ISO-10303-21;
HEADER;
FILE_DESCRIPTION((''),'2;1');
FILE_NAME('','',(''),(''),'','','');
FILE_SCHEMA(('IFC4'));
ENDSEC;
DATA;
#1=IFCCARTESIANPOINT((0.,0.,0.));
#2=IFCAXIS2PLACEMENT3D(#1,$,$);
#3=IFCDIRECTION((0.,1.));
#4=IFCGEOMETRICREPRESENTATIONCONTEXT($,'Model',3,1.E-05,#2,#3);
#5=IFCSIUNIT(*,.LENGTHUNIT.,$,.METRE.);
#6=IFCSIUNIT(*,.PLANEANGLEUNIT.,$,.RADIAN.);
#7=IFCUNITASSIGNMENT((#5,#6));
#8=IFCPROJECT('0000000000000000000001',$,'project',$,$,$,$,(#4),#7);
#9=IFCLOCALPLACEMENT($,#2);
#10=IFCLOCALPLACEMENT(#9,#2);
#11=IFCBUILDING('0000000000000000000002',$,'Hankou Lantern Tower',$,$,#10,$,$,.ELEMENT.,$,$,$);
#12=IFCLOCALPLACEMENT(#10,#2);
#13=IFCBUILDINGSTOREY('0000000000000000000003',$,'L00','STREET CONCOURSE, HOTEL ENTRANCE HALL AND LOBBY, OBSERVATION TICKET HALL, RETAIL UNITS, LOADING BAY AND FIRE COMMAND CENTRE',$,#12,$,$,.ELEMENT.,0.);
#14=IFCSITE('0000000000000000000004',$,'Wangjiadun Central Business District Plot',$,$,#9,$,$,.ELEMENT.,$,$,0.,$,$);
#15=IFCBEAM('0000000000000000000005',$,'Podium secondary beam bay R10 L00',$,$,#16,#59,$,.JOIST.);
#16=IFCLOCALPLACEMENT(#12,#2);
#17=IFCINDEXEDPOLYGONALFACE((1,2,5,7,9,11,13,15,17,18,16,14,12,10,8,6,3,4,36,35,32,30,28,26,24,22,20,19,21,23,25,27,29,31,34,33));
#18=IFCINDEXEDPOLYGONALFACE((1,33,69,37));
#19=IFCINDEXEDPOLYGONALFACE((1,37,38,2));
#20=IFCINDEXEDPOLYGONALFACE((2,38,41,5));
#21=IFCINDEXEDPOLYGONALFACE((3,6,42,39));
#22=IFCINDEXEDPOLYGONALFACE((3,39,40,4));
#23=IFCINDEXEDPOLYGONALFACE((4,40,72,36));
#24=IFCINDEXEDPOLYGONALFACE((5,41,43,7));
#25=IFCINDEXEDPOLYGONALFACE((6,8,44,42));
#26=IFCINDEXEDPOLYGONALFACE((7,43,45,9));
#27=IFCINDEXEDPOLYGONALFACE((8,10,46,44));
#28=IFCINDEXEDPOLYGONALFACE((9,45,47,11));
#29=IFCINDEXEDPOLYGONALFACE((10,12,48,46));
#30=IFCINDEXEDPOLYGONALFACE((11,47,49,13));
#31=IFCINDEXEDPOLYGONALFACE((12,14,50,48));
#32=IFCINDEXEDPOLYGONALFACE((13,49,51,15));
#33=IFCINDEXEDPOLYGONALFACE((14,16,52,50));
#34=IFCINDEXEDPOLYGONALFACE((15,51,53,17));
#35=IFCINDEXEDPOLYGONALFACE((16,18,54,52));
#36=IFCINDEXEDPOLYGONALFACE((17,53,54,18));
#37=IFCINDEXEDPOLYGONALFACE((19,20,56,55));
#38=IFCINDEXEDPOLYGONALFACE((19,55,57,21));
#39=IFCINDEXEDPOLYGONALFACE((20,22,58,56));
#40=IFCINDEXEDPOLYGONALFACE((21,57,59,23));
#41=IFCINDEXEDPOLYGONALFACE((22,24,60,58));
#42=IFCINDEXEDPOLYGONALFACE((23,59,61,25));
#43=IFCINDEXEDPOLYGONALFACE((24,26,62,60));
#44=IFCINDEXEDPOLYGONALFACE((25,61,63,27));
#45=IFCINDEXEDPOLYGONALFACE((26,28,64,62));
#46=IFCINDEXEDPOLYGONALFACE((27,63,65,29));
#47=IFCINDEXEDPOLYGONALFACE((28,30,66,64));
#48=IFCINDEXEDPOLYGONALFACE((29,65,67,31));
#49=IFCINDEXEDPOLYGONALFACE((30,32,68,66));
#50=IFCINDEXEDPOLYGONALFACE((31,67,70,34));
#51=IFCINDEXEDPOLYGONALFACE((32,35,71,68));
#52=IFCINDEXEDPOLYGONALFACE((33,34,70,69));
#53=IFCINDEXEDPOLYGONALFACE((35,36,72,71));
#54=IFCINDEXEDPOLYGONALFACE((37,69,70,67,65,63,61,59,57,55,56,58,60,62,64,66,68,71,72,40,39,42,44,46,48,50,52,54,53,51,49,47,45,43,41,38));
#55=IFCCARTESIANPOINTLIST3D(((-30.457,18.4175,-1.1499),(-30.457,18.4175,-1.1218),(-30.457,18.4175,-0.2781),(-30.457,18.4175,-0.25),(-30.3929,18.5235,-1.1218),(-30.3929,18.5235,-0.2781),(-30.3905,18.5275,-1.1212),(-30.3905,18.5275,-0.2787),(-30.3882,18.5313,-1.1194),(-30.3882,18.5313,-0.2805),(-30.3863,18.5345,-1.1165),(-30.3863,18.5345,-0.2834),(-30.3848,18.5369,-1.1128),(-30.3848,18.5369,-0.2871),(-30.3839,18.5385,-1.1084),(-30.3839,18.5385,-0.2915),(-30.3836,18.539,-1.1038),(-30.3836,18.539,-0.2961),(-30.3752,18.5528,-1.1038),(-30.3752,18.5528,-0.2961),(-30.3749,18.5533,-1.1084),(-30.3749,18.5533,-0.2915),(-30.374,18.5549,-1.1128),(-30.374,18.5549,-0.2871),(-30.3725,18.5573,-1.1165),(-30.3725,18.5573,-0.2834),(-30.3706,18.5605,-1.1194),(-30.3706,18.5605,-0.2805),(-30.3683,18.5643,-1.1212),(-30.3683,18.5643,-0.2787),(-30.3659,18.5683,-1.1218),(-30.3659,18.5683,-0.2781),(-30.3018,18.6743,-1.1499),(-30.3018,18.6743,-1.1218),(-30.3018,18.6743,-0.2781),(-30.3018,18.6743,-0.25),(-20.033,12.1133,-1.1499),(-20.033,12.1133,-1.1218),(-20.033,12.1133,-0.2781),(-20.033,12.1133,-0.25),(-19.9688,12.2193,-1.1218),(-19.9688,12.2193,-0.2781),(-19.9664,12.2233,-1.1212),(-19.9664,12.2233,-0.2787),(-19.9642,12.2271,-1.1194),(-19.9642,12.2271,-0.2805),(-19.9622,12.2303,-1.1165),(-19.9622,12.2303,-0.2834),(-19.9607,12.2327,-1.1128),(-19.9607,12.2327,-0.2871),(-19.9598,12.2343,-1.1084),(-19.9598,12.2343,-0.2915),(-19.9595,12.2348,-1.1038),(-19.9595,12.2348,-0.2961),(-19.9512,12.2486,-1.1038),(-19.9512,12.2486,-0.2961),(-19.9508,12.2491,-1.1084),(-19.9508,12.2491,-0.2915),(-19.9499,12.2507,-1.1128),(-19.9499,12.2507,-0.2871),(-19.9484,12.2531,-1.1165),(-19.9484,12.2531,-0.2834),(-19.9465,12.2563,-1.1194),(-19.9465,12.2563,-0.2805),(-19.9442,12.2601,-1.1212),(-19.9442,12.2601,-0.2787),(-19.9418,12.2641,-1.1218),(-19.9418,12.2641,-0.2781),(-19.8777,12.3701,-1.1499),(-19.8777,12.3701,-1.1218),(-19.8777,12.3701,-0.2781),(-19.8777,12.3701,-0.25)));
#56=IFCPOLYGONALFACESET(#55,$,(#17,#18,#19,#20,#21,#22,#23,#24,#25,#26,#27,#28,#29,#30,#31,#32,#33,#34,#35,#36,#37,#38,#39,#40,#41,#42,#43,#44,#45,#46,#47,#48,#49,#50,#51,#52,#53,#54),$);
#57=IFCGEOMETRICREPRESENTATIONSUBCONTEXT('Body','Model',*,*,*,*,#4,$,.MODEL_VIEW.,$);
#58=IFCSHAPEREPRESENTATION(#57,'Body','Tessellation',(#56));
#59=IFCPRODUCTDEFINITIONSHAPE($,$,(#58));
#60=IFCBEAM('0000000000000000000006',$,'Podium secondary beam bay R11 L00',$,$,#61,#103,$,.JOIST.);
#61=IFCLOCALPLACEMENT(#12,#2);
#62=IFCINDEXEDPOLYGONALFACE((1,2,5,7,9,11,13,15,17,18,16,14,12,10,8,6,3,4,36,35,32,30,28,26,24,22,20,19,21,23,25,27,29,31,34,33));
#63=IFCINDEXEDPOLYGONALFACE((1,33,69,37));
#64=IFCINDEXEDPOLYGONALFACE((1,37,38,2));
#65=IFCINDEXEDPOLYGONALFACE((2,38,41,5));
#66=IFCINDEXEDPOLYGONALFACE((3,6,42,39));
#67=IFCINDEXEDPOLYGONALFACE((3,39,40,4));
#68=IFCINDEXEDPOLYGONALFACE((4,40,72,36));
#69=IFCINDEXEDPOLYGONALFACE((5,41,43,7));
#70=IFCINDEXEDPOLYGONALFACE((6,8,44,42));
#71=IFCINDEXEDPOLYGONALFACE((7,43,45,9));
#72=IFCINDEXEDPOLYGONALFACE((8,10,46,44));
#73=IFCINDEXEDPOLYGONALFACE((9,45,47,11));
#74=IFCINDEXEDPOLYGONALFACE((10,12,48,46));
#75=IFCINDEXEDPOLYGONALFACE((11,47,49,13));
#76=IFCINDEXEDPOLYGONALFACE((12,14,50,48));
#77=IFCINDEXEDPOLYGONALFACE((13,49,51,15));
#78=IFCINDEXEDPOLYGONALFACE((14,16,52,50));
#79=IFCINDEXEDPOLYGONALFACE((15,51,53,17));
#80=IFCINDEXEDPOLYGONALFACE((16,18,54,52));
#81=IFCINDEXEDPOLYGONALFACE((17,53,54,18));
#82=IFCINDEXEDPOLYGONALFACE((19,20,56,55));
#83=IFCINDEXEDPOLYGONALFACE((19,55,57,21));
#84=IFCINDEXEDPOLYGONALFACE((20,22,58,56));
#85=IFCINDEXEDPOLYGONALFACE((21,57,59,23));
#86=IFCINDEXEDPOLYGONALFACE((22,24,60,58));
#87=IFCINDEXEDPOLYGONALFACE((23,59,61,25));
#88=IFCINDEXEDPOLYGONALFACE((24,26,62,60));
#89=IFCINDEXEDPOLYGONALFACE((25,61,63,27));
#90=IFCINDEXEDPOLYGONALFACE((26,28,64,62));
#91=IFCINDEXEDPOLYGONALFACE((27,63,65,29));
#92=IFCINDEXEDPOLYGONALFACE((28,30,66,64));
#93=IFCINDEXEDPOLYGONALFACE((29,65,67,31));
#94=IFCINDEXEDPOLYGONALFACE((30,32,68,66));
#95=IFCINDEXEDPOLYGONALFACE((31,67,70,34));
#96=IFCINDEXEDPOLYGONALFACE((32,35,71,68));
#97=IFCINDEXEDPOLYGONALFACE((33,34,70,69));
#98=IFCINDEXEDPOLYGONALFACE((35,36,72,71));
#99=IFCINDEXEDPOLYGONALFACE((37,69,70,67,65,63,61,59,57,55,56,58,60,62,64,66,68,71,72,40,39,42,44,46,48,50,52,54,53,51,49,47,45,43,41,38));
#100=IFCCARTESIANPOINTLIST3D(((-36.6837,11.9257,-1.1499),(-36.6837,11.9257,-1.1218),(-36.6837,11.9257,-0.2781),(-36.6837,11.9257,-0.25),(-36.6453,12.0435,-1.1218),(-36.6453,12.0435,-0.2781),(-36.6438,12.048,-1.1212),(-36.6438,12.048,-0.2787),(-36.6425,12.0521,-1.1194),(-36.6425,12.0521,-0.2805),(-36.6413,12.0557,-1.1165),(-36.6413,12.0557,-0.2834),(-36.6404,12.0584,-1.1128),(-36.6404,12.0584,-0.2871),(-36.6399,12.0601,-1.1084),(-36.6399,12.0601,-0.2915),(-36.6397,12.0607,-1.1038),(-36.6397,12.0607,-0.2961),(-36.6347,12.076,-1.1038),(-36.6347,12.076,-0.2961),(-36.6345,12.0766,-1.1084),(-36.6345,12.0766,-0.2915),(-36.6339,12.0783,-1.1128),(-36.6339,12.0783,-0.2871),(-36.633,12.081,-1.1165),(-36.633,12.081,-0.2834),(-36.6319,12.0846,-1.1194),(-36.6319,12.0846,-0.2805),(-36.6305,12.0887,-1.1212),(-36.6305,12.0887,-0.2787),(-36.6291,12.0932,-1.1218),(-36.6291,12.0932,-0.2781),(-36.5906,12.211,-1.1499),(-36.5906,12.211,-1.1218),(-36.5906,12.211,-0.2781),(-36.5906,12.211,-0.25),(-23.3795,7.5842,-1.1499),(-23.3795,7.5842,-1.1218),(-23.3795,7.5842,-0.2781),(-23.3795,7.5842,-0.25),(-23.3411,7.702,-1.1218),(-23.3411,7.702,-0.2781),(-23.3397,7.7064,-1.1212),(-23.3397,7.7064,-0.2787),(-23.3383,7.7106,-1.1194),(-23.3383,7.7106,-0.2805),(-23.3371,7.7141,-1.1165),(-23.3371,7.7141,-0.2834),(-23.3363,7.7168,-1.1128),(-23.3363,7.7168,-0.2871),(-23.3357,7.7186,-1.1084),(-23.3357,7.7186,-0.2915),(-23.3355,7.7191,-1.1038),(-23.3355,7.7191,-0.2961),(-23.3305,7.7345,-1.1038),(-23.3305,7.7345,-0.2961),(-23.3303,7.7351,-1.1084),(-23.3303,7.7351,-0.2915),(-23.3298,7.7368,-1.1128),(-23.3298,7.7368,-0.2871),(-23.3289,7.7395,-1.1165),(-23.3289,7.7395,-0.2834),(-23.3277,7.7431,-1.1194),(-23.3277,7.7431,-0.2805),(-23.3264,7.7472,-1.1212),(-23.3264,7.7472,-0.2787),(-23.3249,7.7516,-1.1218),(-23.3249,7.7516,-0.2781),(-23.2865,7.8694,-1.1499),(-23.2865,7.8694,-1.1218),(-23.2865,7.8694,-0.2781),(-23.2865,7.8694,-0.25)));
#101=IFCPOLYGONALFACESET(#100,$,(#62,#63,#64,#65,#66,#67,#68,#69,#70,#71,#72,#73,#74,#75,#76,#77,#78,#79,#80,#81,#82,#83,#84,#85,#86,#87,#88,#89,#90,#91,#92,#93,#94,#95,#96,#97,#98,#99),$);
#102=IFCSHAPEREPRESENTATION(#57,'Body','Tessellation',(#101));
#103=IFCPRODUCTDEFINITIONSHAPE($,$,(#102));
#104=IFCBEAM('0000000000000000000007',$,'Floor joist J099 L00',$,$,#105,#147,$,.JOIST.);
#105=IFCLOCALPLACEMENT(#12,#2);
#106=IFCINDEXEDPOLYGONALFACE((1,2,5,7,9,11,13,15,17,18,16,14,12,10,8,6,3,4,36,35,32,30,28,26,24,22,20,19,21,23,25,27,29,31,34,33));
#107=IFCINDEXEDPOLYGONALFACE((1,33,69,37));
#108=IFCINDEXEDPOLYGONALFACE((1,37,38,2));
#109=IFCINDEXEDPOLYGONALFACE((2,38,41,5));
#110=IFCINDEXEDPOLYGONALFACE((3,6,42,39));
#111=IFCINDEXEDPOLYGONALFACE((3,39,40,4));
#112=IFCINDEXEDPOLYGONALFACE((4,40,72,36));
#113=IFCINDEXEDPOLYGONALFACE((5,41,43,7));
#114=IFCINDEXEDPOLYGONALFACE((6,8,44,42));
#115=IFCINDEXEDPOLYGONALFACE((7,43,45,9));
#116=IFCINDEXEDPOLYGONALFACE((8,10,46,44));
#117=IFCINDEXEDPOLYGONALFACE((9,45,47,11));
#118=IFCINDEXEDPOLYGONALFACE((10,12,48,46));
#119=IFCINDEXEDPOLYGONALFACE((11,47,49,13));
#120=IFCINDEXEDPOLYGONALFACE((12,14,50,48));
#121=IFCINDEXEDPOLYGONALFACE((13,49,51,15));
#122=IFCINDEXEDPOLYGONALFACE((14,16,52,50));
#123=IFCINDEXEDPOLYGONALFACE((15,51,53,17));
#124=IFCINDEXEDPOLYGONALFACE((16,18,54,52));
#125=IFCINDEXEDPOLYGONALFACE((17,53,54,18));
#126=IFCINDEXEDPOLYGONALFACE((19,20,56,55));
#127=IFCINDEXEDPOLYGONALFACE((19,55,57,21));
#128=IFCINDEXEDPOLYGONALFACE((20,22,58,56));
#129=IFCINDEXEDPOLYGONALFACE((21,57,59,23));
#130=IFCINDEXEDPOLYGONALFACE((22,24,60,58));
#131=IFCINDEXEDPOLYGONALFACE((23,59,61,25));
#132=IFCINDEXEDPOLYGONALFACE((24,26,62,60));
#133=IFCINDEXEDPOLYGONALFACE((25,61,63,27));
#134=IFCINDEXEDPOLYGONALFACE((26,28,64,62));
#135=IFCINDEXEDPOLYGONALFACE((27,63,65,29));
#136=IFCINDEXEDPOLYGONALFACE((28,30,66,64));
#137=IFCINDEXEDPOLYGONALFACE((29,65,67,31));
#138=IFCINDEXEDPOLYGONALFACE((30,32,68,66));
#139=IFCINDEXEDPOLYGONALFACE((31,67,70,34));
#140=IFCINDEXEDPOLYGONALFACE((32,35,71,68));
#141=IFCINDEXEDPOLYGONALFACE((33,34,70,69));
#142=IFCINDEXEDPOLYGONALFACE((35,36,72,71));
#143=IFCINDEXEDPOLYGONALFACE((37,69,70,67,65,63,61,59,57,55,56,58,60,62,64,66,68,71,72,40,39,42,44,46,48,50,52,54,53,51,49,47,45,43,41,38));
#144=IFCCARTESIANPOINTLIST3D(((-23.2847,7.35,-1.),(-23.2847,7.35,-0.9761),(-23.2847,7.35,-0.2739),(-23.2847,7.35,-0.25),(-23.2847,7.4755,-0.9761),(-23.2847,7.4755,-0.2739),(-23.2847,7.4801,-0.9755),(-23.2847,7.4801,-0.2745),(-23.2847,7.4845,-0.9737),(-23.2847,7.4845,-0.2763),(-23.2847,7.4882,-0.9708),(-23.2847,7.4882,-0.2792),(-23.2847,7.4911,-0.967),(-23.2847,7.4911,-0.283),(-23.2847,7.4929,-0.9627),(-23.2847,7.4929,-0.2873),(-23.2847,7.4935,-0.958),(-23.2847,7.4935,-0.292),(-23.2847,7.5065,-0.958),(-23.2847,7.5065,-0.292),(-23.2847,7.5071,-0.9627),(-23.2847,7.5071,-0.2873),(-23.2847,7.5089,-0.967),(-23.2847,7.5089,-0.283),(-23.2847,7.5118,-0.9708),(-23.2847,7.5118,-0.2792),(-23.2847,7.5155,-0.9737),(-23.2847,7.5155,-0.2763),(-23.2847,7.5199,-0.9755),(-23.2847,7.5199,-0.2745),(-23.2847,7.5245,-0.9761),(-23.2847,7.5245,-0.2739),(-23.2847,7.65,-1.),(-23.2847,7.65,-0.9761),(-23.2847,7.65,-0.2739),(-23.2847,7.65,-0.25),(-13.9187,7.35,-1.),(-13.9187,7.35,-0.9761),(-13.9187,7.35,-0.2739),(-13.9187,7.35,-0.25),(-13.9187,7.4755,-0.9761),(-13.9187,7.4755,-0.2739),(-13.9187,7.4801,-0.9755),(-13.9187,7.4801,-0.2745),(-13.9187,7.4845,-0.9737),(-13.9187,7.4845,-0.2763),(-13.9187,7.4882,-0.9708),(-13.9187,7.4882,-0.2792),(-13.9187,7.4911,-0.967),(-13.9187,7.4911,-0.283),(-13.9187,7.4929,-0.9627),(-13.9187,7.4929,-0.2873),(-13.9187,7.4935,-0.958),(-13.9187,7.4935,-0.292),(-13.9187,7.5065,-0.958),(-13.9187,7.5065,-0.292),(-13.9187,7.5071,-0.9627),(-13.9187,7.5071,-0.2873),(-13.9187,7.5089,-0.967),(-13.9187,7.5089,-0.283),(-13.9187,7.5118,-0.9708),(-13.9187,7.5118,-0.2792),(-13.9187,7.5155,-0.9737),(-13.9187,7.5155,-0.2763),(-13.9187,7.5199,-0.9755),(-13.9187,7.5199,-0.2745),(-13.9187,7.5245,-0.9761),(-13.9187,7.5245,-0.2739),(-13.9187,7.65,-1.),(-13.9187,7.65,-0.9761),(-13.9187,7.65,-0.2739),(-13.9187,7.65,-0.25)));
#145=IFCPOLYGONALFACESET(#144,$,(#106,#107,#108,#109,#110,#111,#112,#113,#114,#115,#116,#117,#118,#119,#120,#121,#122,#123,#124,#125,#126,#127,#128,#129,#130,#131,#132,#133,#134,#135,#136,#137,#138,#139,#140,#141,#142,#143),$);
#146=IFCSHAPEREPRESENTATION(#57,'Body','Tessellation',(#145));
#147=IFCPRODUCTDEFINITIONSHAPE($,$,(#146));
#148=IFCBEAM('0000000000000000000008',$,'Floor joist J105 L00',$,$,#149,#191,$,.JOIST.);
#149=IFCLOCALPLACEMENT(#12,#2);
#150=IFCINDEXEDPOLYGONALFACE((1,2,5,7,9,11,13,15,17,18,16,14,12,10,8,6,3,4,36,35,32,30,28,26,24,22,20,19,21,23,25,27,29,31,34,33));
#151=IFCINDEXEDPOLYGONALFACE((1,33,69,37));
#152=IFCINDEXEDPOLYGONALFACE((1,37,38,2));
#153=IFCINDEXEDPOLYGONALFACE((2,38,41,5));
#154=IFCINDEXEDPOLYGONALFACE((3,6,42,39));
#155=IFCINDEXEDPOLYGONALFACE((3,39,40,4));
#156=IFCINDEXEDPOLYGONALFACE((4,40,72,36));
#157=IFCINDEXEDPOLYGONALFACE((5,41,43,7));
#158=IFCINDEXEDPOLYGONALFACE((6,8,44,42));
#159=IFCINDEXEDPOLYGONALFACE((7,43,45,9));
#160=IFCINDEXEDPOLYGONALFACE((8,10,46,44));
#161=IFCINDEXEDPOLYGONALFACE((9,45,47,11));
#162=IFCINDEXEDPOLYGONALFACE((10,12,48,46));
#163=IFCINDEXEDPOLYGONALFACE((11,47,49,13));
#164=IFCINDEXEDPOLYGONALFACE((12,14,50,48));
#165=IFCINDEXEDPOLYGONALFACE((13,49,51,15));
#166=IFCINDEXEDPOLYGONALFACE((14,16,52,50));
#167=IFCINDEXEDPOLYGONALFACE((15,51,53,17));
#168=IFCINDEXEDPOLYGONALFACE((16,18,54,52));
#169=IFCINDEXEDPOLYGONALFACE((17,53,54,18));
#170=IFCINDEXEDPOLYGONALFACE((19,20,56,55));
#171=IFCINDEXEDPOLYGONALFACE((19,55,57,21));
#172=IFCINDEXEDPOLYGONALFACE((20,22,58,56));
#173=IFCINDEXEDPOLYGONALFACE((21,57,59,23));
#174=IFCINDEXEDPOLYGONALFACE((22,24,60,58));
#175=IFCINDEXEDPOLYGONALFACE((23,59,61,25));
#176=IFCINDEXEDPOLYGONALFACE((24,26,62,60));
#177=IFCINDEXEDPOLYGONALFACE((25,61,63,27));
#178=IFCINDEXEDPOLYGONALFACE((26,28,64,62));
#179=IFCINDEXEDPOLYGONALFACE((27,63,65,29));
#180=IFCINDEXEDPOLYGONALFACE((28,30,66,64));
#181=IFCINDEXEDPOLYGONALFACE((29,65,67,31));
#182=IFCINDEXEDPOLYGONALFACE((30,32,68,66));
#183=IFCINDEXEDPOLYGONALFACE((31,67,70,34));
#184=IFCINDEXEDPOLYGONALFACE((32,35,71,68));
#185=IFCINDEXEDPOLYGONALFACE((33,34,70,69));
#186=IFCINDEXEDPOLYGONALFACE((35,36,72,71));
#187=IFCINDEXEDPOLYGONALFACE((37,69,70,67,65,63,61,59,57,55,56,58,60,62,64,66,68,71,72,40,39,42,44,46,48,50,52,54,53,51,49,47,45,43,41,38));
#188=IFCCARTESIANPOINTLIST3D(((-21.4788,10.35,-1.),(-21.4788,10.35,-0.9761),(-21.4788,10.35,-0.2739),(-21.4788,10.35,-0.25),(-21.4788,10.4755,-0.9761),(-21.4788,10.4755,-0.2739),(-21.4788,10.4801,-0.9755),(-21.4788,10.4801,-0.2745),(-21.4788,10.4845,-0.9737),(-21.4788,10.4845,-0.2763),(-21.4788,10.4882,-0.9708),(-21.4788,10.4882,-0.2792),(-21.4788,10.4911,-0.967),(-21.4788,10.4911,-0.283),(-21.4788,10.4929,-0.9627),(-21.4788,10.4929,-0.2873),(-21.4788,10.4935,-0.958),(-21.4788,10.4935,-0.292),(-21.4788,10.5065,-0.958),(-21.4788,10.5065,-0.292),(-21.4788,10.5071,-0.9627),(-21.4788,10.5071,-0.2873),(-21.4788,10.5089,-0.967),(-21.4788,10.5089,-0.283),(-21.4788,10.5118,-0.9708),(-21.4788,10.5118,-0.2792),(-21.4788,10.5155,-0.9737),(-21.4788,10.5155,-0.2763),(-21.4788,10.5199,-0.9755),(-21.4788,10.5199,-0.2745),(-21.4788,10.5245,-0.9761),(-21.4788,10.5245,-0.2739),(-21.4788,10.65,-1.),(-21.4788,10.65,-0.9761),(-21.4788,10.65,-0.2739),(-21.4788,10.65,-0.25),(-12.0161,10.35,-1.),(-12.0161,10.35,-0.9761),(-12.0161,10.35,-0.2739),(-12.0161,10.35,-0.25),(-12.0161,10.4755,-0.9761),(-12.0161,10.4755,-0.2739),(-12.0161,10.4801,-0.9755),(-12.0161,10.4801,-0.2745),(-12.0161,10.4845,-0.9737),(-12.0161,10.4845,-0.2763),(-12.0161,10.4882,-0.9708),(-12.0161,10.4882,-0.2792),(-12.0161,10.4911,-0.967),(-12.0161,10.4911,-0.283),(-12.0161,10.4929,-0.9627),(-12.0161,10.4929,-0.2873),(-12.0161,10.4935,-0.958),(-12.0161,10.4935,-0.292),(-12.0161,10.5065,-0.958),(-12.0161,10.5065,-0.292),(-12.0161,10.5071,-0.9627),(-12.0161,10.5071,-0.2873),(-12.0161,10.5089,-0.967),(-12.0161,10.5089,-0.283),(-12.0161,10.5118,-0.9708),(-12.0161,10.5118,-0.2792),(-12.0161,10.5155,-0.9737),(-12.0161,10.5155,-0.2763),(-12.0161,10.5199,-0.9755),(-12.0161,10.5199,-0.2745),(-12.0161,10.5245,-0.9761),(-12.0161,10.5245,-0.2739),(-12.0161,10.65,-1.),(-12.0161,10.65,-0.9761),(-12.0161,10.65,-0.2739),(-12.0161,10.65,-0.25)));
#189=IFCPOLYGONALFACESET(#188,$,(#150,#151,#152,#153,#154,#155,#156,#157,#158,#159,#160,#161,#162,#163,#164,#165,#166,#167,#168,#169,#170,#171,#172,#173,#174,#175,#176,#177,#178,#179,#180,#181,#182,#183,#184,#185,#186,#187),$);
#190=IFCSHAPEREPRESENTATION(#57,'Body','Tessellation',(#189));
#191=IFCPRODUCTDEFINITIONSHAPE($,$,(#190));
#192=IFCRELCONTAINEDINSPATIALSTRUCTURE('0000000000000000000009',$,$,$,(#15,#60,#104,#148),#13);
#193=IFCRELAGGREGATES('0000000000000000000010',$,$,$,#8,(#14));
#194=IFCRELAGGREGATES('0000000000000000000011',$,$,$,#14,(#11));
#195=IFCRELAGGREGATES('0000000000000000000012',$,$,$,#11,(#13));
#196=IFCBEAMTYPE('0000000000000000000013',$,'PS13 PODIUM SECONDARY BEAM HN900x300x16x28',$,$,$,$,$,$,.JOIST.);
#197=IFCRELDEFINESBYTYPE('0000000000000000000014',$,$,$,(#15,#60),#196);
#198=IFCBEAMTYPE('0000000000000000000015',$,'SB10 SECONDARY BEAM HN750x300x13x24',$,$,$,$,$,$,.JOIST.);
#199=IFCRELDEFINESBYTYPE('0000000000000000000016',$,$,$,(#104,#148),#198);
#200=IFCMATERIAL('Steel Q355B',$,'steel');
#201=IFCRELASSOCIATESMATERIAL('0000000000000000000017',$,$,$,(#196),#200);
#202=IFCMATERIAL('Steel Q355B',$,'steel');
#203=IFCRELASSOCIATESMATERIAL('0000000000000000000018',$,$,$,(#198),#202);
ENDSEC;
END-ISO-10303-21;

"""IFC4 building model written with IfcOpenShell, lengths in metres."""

from ifc_helpers import new_model, si_unit, direction, frame, origin, origin_2d, place, context, subcontext, project, spatial, i_section, extrude, material, material_profile, profile_set, type_object, element, save


model = new_model("IFC4")

# Units and contexts
model_context = context("Model", 3, precision=1e-05, world=origin(), true_north=direction((0.0, 1.0)))
body_context = subcontext(model_context, "Body", "Model", "MODEL_VIEW")
ifc_project = project(units=[si_unit("LENGTHUNIT", "METRE"), si_unit("PLANEANGLEUNIT", "RADIAN")], contexts=[model_context])

# Site, building, storey
site_placement = place(None, origin())
site = spatial("IfcSite", under=ifc_project, at=site_placement, Name="Wangjiadun Central Business District Plot", CompositionType="ELEMENT", RefElevation=0.0)
building_placement = place(site_placement, origin())
building = spatial("IfcBuilding", under=site, at=building_placement, Name="Hankou Lantern Tower", CompositionType="ELEMENT")
storey_placement = place(building_placement, origin())
storey = spatial("IfcBuildingStorey", under=building, at=storey_placement, Name="L00", Description="STREET CONCOURSE, HOTEL ENTRANCE HALL AND LOBBY, OBSERVATION TICKET HALL, RETAIL UNITS, LOADING BAY AND FIRE COMMAND CENTRE", CompositionType="ELEMENT", Elevation=0.0)

# Beams
ifc_material_1 = material(Name="Steel Q355B", Category="steel")
ifc_material_profile_1 = material_profile(ifc_material_1, i_section(OverallWidth=0.3, OverallDepth=0.8999, WebThickness=0.0161, FlangeThickness=0.0281, FilletRadius=0.0181, at=origin_2d()), Name="HN900x300x16x28")
ifc_profile_set_1 = profile_set([ifc_material_profile_1], Name="Steel Q355B")
beam_type_1 = type_object("IfcBeamType", Name="PS13 PODIUM SECONDARY BEAM HN900x300x16x28", PredefinedType="JOIST", material=ifc_profile_set_1)
beam_1_placement = place(storey_placement, frame((-19.9553, 12.2417, -0.7), z_axis=(-0.855686, 0.517496, 0.0), x_axis=(-0.517496, -0.855686, 0.0)))
element("IfcBeam", 1, at=beam_1_placement, inside=storey, type_object=beam_type_1, Name="Podium secondary beam bay R10 L00", PredefinedType="JOIST", context=body_context, shape_type="SweptSolid", body=[
    extrude(i_section(OverallWidth=0.3, OverallDepth=0.8999, WebThickness=0.0161, FlangeThickness=0.0281, FilletRadius=0.0181, at=origin_2d()), origin(), (0.0, 0.0, 1.0), 12.1821),
])
beam_2_placement = place(storey_placement, frame((-23.333, 7.7268, -0.7), z_axis=(-0.950662, 0.310229, 0.0), x_axis=(-0.310229, -0.950662, 0.0)))
element("IfcBeam", 2, at=beam_2_placement, inside=storey, type_object=beam_type_1, Name="Podium secondary beam bay R11 L00", PredefinedType="JOIST", context=body_context, shape_type="SweptSolid", body=[
    extrude(i_section(OverallWidth=0.3, OverallDepth=0.8999, WebThickness=0.0161, FlangeThickness=0.0281, FilletRadius=0.0181, at=origin_2d()), origin(), (0.0, 0.0, 1.0), 13.9946),
])
ifc_material_2 = material(Name="Steel Q355B", Category="steel")
ifc_material_profile_2 = material_profile(ifc_material_2, i_section(OverallWidth=0.3, OverallDepth=0.75, WebThickness=0.0129, FlangeThickness=0.0239, FilletRadius=0.0181, at=origin_2d()), Name="HN750x300x13x24")
ifc_profile_set_2 = profile_set([ifc_material_profile_2], Name="Steel Q355B")
beam_type_2 = type_object("IfcBeamType", Name="SB10 SECONDARY BEAM HN750x300x13x24", PredefinedType="JOIST", material=ifc_profile_set_2)
beam_3_placement = place(storey_placement, frame((-23.2847, 7.5, -0.625), z_axis=(1.0, 0.0, 0.0), x_axis=(0.0, 1.0, 0.0)))
element("IfcBeam", 3, at=beam_3_placement, inside=storey, type_object=beam_type_2, Name="Floor joist J099 L00", PredefinedType="JOIST", context=body_context, shape_type="SweptSolid", body=[
    extrude(i_section(OverallWidth=0.3, OverallDepth=0.75, WebThickness=0.0129, FlangeThickness=0.0239, FilletRadius=0.0181, at=origin_2d()), origin(), (0.0, 0.0, 1.0), 9.366),
])
beam_4_placement = place(storey_placement, frame((-21.4788, 10.5, -0.625), z_axis=(1.0, 0.0, 0.0), x_axis=(0.0, 1.0, 0.0)))
element("IfcBeam", 4, at=beam_4_placement, inside=storey, type_object=beam_type_2, Name="Floor joist J105 L00", PredefinedType="JOIST", context=body_context, shape_type="SweptSolid", body=[
    extrude(i_section(OverallWidth=0.3, OverallDepth=0.75, WebThickness=0.0129, FlangeThickness=0.0239, FilletRadius=0.0181, at=origin_2d()), origin(), (0.0, 0.0, 1.0), 9.4626),
])

save(model, "model.ifc")
